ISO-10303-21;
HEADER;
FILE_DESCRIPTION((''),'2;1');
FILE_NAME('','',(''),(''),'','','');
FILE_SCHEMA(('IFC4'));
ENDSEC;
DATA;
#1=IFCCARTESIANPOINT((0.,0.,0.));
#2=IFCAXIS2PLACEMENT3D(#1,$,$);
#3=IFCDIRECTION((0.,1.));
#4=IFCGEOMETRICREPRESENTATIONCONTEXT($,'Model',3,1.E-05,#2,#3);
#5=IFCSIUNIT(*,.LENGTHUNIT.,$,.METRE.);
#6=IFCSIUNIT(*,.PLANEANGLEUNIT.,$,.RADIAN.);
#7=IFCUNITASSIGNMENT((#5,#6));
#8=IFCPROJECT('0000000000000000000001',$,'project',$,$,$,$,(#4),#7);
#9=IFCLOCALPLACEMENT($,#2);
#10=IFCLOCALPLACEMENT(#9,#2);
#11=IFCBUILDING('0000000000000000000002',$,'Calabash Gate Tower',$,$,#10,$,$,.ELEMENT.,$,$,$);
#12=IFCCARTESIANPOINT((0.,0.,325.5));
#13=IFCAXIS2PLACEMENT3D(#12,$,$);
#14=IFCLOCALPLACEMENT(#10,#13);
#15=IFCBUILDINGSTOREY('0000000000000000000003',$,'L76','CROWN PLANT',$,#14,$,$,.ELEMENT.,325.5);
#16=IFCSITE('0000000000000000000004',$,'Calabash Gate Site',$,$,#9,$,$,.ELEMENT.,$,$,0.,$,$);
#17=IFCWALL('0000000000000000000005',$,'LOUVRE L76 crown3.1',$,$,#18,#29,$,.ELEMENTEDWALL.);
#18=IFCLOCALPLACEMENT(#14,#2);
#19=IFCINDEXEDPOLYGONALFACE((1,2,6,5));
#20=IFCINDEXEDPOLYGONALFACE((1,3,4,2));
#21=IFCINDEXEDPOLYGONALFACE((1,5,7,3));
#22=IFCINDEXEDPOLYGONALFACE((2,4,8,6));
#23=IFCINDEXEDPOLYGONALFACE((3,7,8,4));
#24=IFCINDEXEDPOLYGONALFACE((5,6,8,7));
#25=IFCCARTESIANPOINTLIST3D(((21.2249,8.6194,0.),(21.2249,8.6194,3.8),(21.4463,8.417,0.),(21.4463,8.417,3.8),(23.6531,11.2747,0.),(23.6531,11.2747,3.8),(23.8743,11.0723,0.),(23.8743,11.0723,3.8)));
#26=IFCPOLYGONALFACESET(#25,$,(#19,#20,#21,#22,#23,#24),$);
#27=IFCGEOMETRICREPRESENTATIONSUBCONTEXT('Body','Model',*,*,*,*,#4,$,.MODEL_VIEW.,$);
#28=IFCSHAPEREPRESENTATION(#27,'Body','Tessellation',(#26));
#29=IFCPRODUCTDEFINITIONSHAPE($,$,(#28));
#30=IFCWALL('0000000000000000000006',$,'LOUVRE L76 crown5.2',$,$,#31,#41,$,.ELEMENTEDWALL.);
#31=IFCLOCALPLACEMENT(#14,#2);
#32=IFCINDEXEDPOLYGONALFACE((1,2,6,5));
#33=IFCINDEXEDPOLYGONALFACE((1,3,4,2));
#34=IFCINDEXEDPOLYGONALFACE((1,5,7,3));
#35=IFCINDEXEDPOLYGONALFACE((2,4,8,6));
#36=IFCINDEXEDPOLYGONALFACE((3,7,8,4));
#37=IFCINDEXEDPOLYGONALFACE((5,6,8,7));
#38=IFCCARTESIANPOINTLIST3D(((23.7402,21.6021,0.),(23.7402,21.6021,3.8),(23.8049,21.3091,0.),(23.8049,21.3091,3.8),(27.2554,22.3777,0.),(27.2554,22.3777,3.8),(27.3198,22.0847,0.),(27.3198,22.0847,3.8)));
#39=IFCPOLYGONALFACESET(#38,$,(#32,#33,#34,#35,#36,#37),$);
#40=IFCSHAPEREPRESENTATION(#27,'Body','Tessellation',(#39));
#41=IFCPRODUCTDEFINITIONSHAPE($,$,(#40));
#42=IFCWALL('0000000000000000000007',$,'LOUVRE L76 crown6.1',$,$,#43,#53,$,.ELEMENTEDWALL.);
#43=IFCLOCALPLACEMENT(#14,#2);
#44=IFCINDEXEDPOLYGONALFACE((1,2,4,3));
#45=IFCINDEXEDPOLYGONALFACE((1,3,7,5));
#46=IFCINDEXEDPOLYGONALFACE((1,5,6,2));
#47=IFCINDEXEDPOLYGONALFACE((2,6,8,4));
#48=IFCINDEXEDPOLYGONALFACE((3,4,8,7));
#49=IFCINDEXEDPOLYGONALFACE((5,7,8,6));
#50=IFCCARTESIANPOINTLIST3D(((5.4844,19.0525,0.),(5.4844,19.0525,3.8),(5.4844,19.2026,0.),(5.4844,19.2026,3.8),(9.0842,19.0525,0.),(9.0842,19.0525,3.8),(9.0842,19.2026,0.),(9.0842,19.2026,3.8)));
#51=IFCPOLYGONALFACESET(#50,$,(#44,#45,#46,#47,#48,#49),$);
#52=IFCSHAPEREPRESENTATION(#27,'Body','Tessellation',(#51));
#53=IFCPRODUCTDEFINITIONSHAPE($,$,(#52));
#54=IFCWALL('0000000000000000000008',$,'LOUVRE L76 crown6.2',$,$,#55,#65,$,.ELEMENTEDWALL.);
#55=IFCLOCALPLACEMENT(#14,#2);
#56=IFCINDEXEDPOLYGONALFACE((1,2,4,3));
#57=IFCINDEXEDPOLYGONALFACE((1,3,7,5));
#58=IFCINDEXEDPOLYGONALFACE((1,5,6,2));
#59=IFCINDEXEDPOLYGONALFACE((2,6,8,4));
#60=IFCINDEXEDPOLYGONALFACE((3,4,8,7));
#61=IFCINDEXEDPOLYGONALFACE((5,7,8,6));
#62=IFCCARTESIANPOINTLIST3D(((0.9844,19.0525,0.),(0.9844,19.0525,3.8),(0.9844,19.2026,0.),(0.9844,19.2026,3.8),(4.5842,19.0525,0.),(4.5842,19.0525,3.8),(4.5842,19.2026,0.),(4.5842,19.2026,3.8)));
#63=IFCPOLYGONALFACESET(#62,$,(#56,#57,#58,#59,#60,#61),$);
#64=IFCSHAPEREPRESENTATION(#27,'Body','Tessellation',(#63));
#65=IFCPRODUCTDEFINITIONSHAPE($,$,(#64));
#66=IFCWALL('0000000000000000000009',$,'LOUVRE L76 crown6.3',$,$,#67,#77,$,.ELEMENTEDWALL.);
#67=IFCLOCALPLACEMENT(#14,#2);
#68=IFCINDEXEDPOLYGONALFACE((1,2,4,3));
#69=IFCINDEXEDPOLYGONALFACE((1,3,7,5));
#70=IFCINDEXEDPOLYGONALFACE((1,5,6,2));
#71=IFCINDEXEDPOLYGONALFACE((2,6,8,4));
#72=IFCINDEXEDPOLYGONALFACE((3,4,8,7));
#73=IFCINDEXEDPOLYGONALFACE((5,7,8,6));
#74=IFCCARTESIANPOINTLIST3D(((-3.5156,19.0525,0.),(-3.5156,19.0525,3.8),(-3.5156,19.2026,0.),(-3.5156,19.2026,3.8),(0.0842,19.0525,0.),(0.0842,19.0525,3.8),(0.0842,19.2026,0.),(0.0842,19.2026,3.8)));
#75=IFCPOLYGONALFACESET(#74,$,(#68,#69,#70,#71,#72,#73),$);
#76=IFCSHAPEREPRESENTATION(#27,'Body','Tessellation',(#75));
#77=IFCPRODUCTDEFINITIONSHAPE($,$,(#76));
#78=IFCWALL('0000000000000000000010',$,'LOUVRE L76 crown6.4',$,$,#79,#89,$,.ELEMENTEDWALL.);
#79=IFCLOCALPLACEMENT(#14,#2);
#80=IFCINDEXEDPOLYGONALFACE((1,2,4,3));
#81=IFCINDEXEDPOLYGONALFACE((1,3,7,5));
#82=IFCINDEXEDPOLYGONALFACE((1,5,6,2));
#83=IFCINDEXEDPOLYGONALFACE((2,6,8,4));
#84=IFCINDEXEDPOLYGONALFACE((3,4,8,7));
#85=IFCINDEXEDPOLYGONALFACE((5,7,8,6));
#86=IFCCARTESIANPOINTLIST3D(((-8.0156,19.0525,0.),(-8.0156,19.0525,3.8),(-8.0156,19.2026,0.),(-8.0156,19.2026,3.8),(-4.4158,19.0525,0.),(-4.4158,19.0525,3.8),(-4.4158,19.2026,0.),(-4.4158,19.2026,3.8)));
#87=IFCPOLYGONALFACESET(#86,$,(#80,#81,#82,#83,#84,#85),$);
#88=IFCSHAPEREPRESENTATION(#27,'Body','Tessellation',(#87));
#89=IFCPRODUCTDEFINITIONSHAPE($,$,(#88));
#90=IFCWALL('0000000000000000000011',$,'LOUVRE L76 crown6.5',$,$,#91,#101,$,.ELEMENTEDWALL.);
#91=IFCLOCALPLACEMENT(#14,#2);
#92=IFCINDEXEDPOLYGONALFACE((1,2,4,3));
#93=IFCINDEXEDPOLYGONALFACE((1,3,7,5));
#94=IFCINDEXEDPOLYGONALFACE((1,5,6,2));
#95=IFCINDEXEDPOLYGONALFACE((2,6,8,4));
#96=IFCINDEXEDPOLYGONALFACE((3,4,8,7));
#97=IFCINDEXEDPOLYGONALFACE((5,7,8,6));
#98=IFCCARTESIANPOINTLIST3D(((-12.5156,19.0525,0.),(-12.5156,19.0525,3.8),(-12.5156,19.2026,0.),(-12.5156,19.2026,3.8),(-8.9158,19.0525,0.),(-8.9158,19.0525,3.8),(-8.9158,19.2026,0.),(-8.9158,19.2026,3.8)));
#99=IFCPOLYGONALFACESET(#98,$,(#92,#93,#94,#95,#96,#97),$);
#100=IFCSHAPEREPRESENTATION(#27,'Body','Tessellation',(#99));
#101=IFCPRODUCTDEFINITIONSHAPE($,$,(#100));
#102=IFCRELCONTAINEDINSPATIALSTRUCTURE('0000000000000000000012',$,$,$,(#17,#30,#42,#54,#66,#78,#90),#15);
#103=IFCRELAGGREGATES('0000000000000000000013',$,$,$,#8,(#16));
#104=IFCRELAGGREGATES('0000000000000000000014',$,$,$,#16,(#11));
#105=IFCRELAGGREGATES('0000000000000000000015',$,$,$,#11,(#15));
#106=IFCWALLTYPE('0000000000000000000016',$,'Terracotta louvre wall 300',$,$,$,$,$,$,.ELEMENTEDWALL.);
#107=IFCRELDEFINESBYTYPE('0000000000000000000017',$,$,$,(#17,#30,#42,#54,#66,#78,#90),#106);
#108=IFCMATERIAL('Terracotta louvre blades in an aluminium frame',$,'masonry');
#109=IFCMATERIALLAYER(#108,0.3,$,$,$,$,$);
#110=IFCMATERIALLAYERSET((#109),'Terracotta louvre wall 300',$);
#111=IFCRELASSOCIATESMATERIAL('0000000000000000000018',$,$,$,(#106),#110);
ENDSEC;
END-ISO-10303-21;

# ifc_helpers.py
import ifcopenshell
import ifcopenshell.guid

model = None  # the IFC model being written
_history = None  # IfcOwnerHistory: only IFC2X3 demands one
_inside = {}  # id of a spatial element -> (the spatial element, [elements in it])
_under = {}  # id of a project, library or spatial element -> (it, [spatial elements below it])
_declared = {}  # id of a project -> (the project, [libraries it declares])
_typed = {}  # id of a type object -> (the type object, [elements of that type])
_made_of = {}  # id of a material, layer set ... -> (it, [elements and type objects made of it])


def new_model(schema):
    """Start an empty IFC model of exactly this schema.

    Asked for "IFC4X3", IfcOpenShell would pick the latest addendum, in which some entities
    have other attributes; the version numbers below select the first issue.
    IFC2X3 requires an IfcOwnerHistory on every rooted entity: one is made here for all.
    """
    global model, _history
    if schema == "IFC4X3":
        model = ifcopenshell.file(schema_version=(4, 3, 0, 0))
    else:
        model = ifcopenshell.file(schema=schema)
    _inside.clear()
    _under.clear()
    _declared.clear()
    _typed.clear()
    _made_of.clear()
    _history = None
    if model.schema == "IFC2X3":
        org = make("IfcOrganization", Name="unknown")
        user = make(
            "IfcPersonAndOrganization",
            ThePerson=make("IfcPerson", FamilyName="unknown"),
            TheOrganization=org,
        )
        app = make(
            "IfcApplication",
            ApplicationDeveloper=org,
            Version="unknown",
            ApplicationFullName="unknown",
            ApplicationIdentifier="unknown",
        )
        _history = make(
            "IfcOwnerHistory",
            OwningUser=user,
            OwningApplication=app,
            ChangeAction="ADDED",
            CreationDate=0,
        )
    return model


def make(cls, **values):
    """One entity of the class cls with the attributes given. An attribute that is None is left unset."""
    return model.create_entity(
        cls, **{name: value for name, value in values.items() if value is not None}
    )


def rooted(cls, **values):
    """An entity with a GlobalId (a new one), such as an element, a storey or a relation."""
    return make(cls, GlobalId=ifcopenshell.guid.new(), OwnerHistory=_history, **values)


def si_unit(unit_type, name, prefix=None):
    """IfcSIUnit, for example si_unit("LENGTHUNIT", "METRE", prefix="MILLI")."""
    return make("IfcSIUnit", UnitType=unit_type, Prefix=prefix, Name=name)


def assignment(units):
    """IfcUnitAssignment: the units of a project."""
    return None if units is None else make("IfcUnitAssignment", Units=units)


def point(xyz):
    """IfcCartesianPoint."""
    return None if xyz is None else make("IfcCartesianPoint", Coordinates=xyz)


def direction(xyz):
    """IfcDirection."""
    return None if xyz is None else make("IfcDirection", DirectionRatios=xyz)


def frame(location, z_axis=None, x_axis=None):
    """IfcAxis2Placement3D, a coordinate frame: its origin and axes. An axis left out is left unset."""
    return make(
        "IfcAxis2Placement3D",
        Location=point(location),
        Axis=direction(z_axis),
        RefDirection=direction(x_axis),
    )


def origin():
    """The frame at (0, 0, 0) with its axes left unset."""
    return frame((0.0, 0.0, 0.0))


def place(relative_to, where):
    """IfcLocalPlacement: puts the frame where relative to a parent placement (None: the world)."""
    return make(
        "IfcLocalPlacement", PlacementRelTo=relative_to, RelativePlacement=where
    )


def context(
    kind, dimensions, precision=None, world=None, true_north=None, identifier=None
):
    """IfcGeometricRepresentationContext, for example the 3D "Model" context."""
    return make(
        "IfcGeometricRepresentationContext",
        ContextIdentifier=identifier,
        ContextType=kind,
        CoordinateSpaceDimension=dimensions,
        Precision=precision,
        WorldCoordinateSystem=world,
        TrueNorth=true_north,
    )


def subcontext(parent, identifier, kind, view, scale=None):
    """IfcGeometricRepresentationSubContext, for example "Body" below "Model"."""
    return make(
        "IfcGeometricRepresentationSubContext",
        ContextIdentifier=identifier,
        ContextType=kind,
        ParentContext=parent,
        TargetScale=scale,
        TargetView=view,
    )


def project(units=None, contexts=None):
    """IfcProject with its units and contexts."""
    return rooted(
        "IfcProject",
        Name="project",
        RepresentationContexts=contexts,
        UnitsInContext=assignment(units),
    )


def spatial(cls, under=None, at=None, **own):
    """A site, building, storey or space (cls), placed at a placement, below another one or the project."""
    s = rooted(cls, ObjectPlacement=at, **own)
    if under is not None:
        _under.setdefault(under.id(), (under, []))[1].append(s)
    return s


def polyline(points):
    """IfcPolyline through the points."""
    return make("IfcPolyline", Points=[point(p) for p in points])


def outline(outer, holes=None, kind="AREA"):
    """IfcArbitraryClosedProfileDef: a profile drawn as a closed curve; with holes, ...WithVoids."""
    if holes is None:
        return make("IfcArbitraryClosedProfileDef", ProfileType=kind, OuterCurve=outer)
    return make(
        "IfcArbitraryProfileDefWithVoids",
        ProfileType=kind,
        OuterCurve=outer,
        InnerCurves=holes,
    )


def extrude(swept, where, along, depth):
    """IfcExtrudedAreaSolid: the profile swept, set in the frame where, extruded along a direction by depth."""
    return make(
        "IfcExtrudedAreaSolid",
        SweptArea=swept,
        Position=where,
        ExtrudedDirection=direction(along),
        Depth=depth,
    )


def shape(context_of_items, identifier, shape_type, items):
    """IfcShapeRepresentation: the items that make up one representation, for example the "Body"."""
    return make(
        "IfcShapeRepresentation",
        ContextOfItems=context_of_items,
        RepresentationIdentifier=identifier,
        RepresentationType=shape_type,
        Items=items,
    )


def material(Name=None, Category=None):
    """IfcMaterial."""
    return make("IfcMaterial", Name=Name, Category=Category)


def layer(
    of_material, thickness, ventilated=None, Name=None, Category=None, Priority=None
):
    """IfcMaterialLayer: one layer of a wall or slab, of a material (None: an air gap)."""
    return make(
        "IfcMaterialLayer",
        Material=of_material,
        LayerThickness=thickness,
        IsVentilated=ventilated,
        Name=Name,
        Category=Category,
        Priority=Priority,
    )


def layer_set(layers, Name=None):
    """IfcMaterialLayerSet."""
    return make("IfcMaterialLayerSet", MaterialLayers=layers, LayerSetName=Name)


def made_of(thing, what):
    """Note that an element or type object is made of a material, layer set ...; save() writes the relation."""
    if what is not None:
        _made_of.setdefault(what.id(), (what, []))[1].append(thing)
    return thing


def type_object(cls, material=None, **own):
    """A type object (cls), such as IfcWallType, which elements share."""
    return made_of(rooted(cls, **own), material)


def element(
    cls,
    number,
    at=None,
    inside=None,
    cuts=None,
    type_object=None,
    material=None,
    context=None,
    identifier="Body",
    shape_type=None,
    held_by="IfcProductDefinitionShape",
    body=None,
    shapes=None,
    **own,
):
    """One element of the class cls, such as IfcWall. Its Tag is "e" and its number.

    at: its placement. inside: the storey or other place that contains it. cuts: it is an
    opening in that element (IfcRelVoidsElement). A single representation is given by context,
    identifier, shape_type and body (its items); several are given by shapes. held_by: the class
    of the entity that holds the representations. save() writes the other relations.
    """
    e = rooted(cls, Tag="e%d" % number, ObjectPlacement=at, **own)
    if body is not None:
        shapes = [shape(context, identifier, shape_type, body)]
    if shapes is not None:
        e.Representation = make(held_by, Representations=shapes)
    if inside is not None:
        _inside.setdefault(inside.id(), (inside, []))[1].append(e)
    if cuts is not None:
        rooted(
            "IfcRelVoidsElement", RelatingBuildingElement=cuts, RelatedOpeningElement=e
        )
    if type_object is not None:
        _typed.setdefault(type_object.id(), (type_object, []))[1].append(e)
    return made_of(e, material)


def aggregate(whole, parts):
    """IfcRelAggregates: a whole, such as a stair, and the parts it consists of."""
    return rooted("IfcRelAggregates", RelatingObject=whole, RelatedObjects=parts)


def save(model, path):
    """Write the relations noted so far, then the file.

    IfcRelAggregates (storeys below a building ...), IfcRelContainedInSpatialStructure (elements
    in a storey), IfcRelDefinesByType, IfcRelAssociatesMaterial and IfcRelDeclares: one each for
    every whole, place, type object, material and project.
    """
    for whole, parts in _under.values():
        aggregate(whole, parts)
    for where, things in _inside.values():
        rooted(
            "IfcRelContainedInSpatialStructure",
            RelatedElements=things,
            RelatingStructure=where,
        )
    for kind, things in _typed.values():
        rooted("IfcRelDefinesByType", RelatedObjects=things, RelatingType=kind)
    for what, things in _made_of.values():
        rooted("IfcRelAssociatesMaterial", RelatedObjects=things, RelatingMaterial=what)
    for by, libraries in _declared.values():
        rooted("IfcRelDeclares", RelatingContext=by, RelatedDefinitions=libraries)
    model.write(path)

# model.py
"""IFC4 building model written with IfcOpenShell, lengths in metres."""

from ifc_helpers import new_model, si_unit, direction, frame, origin, place, context, subcontext, project, spatial, polyline, outline, extrude, material, layer, layer_set, type_object, element, save


model = new_model("IFC4")

# Units and contexts
model_context = context("Model", 3, precision=1e-05, world=origin(), true_north=direction((0.0, 1.0)))
body_context = subcontext(model_context, "Body", "Model", "MODEL_VIEW")
ifc_project = project(units=[si_unit("LENGTHUNIT", "METRE"), si_unit("PLANEANGLEUNIT", "RADIAN")], contexts=[model_context])

# Site, building, storey
site_placement = place(None, origin())
site = spatial("IfcSite", under=ifc_project, at=site_placement, Name="Calabash Gate Site", CompositionType="ELEMENT", RefElevation=0.0)
building_placement = place(site_placement, origin())
building = spatial("IfcBuilding", under=site, at=building_placement, Name="Calabash Gate Tower", CompositionType="ELEMENT")
storey_placement = place(building_placement, frame((0.0, 0.0, 325.5)))
storey = spatial("IfcBuildingStorey", under=building, at=storey_placement, Name="L76", Description="CROWN PLANT", CompositionType="ELEMENT", Elevation=325.5)

# Walls
ifc_material_1 = material(Name="Terracotta louvre blades in an aluminium frame", Category="masonry")
ifc_layer_1 = layer(ifc_material_1, 0.3)
ifc_layer_set_1 = layer_set([ifc_layer_1], Name="Terracotta louvre wall 300")
wall_type_1 = type_object("IfcWallType", Name="Terracotta louvre wall 300", PredefinedType="ELEMENTEDWALL", material=ifc_layer_set_1)
wall_1_placement = place(storey_placement, origin())
element("IfcWall", 1, at=wall_1_placement, inside=storey, type_object=wall_type_1, Name="LOUVRE L76 crown3.1", PredefinedType="ELEMENTEDWALL", context=body_context, shape_type="SweptSolid", body=[
    extrude(outline(polyline([(23.6531, 11.2747), (21.2249, 8.6194), (21.4463, 8.417), (23.8743, 11.0723), (23.6531, 11.2747)])), origin(), (0.0, 0.0, 1.0), 3.8),
])
wall_2_placement = place(storey_placement, origin())
element("IfcWall", 2, at=wall_2_placement, inside=storey, type_object=wall_type_1, Name="LOUVRE L76 crown5.2", PredefinedType="ELEMENTEDWALL", context=body_context, shape_type="SweptSolid", body=[
    extrude(outline(polyline([(27.2554, 22.3777), (23.7402, 21.6021), (23.8049, 21.3091), (27.3198, 22.0847), (27.2554, 22.3777)])), origin(), (0.0, 0.0, 1.0), 3.8),
])
wall_3_placement = place(storey_placement, origin())
element("IfcWall", 3, at=wall_3_placement, inside=storey, type_object=wall_type_1, Name="LOUVRE L76 crown6.1", PredefinedType="ELEMENTEDWALL", context=body_context, shape_type="SweptSolid", body=[
    extrude(outline(polyline([(9.0842, 19.2026), (5.4844, 19.2026), (5.4844, 19.0525), (9.0842, 19.0525), (9.0842, 19.2026)])), origin(), (0.0, 0.0, 1.0), 3.8),
])
wall_4_placement = place(storey_placement, origin())
element("IfcWall", 4, at=wall_4_placement, inside=storey, type_object=wall_type_1, Name="LOUVRE L76 crown6.2", PredefinedType="ELEMENTEDWALL", context=body_context, shape_type="SweptSolid", body=[
    extrude(outline(polyline([(4.5842, 19.2026), (0.9844, 19.2026), (0.9844, 19.0525), (4.5842, 19.0525), (4.5842, 19.2026)])), origin(), (0.0, 0.0, 1.0), 3.8),
])
wall_5_placement = place(storey_placement, origin())
element("IfcWall", 5, at=wall_5_placement, inside=storey, type_object=wall_type_1, Name="LOUVRE L76 crown6.3", PredefinedType="ELEMENTEDWALL", context=body_context, shape_type="SweptSolid", body=[
    extrude(outline(polyline([(0.0842, 19.2026), (-3.5156, 19.2026), (-3.5156, 19.0525), (0.0842, 19.0525), (0.0842, 19.2026)])), origin(), (0.0, 0.0, 1.0), 3.8),
])
wall_6_placement = place(storey_placement, origin())
element("IfcWall", 6, at=wall_6_placement, inside=storey, type_object=wall_type_1, Name="LOUVRE L76 crown6.4", PredefinedType="ELEMENTEDWALL", context=body_context, shape_type="SweptSolid", body=[
    extrude(outline(polyline([(-4.4158, 19.2026), (-8.0156, 19.2026), (-8.0156, 19.0525), (-4.4158, 19.0525), (-4.4158, 19.2026)])), origin(), (0.0, 0.0, 1.0), 3.8),
])
wall_7_placement = place(storey_placement, origin())
element("IfcWall", 7, at=wall_7_placement, inside=storey, type_object=wall_type_1, Name="LOUVRE L76 crown6.5", PredefinedType="ELEMENTEDWALL", context=body_context, shape_type="SweptSolid", body=[
    extrude(outline(polyline([(-8.9158, 19.2026), (-12.5156, 19.2026), (-12.5156, 19.0525), (-8.9158, 19.0525), (-8.9158, 19.2026)])), origin(), (0.0, 0.0, 1.0), 3.8),
])

save(model, "model.ifc")
